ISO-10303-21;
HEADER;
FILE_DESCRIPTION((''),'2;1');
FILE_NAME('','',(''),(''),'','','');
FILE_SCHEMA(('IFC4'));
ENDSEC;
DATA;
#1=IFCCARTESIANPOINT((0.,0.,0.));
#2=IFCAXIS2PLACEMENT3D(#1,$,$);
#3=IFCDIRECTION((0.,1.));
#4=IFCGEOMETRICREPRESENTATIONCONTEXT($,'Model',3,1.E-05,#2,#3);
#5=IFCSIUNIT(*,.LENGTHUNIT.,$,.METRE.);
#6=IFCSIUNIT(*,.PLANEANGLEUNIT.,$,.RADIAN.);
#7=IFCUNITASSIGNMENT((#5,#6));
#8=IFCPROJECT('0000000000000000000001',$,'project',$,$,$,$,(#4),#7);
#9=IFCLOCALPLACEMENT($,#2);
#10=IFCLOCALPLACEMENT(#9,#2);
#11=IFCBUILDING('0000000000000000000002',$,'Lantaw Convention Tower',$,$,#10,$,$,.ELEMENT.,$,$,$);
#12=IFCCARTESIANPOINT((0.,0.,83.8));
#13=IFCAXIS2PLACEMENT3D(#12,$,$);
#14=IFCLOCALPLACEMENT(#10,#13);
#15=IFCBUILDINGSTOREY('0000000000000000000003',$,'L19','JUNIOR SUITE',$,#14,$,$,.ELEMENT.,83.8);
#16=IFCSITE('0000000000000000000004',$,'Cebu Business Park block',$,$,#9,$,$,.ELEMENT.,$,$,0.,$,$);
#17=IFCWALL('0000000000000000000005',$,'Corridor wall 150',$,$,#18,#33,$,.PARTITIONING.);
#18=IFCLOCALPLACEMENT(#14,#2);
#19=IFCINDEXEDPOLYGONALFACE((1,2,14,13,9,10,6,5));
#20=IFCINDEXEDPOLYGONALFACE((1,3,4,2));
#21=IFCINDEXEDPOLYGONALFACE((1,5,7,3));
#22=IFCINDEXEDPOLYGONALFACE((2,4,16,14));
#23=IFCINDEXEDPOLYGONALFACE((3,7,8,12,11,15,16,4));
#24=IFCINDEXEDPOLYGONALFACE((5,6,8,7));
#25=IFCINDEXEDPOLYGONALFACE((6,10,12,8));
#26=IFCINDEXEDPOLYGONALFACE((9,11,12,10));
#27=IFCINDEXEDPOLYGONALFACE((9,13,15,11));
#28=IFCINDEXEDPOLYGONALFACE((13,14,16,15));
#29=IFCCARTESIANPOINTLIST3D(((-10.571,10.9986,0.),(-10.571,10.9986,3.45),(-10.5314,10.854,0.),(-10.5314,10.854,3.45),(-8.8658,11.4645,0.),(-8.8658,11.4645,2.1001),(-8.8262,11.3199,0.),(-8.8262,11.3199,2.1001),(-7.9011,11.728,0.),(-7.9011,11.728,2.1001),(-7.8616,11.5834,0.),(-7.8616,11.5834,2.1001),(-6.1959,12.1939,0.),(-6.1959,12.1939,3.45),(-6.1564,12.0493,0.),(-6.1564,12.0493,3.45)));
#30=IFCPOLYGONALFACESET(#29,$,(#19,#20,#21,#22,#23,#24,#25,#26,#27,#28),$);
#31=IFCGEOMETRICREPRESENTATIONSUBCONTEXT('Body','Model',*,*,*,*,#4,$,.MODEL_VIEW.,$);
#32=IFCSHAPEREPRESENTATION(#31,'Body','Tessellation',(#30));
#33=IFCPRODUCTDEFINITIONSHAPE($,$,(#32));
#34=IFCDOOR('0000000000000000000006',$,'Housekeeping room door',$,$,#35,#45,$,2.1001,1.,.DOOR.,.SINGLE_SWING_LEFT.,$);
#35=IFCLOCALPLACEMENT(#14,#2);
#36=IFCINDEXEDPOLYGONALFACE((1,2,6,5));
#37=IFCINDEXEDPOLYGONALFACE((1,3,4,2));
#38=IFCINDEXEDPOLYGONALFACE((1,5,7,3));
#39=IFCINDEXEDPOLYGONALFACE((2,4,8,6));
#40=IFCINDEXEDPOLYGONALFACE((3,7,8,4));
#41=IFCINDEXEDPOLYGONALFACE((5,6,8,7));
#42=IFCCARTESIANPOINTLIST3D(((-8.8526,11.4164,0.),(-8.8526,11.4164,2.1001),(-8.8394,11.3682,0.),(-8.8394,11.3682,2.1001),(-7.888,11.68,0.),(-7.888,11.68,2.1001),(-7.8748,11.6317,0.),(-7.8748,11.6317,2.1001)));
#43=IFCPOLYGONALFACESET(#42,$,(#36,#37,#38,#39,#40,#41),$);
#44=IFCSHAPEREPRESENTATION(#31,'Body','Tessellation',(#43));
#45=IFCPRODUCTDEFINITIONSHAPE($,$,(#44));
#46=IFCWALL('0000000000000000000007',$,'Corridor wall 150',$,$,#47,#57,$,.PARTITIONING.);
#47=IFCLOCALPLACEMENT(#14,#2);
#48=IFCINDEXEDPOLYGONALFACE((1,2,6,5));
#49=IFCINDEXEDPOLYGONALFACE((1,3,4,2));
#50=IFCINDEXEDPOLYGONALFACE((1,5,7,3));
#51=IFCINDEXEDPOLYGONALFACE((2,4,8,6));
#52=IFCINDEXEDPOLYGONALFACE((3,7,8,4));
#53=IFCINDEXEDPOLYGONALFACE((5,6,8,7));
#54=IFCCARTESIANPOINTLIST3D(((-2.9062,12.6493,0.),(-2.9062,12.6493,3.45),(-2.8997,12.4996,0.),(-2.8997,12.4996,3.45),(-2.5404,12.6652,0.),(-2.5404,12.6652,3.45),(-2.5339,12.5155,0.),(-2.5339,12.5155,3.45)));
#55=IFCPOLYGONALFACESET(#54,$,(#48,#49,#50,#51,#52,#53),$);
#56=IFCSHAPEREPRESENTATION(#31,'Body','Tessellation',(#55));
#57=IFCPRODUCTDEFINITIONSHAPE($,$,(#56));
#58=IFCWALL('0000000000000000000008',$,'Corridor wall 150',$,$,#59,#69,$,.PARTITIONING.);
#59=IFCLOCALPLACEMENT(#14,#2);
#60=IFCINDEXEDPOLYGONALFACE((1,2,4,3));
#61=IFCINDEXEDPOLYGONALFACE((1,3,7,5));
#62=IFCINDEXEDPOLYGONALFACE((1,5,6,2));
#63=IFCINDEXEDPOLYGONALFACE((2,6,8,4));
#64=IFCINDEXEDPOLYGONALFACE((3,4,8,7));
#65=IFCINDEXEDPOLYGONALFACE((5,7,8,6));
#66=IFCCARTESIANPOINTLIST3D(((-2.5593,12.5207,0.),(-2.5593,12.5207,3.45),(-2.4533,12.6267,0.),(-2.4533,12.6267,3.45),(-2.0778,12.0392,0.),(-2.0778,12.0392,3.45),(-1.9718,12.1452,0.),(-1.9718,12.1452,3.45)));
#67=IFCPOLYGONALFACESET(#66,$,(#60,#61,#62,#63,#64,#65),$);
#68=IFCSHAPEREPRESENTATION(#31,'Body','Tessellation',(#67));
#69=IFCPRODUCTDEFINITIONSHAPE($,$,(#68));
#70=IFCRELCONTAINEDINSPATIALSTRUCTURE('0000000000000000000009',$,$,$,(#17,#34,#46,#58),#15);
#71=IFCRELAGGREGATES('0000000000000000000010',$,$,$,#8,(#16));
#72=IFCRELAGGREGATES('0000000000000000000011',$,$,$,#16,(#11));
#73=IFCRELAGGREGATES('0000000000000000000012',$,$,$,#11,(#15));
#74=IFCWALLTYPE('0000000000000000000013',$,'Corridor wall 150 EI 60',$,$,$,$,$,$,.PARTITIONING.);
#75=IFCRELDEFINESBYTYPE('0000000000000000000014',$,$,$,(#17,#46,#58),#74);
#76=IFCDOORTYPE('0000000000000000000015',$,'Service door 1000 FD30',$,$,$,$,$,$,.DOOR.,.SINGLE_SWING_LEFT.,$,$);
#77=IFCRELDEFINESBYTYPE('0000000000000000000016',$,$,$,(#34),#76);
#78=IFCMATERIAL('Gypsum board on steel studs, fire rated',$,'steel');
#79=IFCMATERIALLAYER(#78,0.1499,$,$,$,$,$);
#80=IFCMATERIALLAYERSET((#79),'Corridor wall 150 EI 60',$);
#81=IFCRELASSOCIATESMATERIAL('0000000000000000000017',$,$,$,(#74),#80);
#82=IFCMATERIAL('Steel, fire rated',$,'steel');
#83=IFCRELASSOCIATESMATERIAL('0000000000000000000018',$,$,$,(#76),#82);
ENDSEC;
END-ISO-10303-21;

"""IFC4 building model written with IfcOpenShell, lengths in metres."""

from ifc_helpers import new_model, si_unit, direction, frame, frame_2d, origin, place, context, subcontext, project, spatial, rectangle, extrude, material, layer, layer_set, type_object, element, fill, save


model = new_model("IFC4")

# Units and contexts
model_context = context("Model", 3, precision=1e-05, world=origin(), true_north=direction((0.0, 1.0)))
body_context = subcontext(model_context, "Body", "Model", "MODEL_VIEW")
ifc_project = project(units=[si_unit("LENGTHUNIT", "METRE"), si_unit("PLANEANGLEUNIT", "RADIAN")], contexts=[model_context])

# Site, building, storey
site_placement = place(None, origin())
site = spatial("IfcSite", under=ifc_project, at=site_placement, Name="Cebu Business Park block", CompositionType="ELEMENT", RefElevation=0.0)
building_placement = place(site_placement, origin())
building = spatial("IfcBuilding", under=site, at=building_placement, Name="Lantaw Convention Tower", CompositionType="ELEMENT")
storey_placement = place(building_placement, frame((0.0, 0.0, 83.8)))
storey = spatial("IfcBuildingStorey", under=building, at=storey_placement, Name="L19", Description="JUNIOR SUITE", CompositionType="ELEMENT", Elevation=83.8)

# Wall, opening, door
ifc_material_1 = material(Name="Gypsum board on steel studs, fire rated", Category="steel")
ifc_layer_1 = layer(ifc_material_1, 0.1499)
ifc_layer_set_1 = layer_set([ifc_layer_1], Name="Corridor wall 150 EI 60")
wall_type_1 = type_object("IfcWallType", Name="Corridor wall 150 EI 60", PredefinedType="PARTITIONING", material=ifc_layer_set_1)
ifc_material_2 = material(Name="Steel, fire rated", Category="steel")
wall_1_placement = place(storey_placement, frame((-6.1763, 12.1216, 0.0), z_axis=(0.0, 0.0, 1.0), x_axis=(-0.964644, -0.263555, 0.0)))
wall_1 = element("IfcWall", 1, at=wall_1_placement, inside=storey, type_object=wall_type_1, Name="Corridor wall 150", PredefinedType="PARTITIONING", context=body_context, shape_type="SweptSolid", body=[
    extrude(rectangle(XDim=4.5354, YDim=0.1499, at=frame_2d((2.2676, 0.0))), origin(), (0.0, 0.0, 1.0), 3.45),
])
opening_1_placement = place(wall_1_placement, frame((1.7676, 0.0, 0.0)))
opening_1 = element("IfcOpeningElement", 2, at=opening_1_placement, cuts=wall_1, PredefinedType="OPENING", context=body_context, shape_type="SweptSolid", body=[
    extrude(rectangle(XDim=1.0, YDim=2.1001, at=frame_2d((0.5, 1.05))), frame((0.0, 0.085, 0.0), z_axis=(0.0, -1.0, 0.0), x_axis=(1.0, 0.0, 0.0)), (0.0, 0.0, 1.0), 0.1699),
])
door_type_1 = type_object("IfcDoorType", Name="Service door 1000 FD30", OperationType="SINGLE_SWING_LEFT", PredefinedType="DOOR", material=ifc_material_2)
door_1_placement = place(opening_1_placement, origin())
door_1 = element("IfcDoor", 3, at=door_1_placement, inside=storey, type_object=door_type_1, Name="Housekeeping room door", OperationType="SINGLE_SWING_LEFT", OverallHeight=2.1001, OverallWidth=1.0, PredefinedType="DOOR", context=body_context, shape_type="SweptSolid", body=[
    extrude(rectangle(XDim=1.0, YDim=2.1001, at=frame_2d((0.5, 1.05))), frame((0.0, 0.0249, 0.0), z_axis=(0.0, -1.0, 0.0), x_axis=(1.0, 0.0, 0.0)), (0.0, 0.0, 1.0), 0.05),
])
fill(opening_1, door_1)

# Walls
wall_2_placement = place(storey_placement, frame((-2.5371, 12.5903, 0.0), z_axis=(0.0, 0.0, 1.0), x_axis=(-0.999061, -0.043322, 0.0)))
element("IfcWall", 4, at=wall_2_placement, inside=storey, type_object=wall_type_1, Name="Corridor wall 150", PredefinedType="PARTITIONING", context=body_context, shape_type="SweptSolid", body=[
    extrude(rectangle(XDim=0.3662, YDim=0.1499, at=frame_2d((0.1831, 0.0))), origin(), (0.0, 0.0, 1.0), 3.45),
])
wall_3_placement = place(storey_placement, frame((-2.0249, 12.0923, 0.0), z_axis=(0.0, 0.0, 1.0), x_axis=(-0.707107, 0.707107, 0.0)))
element("IfcWall", 5, at=wall_3_placement, inside=storey, type_object=wall_type_1, Name="Corridor wall 150", PredefinedType="PARTITIONING", context=body_context, shape_type="SweptSolid", body=[
    extrude(rectangle(XDim=0.6809, YDim=0.1499, at=frame_2d((0.3403, 0.0))), origin(), (0.0, 0.0, 1.0), 3.45),
])

save(model, "model.ifc")
